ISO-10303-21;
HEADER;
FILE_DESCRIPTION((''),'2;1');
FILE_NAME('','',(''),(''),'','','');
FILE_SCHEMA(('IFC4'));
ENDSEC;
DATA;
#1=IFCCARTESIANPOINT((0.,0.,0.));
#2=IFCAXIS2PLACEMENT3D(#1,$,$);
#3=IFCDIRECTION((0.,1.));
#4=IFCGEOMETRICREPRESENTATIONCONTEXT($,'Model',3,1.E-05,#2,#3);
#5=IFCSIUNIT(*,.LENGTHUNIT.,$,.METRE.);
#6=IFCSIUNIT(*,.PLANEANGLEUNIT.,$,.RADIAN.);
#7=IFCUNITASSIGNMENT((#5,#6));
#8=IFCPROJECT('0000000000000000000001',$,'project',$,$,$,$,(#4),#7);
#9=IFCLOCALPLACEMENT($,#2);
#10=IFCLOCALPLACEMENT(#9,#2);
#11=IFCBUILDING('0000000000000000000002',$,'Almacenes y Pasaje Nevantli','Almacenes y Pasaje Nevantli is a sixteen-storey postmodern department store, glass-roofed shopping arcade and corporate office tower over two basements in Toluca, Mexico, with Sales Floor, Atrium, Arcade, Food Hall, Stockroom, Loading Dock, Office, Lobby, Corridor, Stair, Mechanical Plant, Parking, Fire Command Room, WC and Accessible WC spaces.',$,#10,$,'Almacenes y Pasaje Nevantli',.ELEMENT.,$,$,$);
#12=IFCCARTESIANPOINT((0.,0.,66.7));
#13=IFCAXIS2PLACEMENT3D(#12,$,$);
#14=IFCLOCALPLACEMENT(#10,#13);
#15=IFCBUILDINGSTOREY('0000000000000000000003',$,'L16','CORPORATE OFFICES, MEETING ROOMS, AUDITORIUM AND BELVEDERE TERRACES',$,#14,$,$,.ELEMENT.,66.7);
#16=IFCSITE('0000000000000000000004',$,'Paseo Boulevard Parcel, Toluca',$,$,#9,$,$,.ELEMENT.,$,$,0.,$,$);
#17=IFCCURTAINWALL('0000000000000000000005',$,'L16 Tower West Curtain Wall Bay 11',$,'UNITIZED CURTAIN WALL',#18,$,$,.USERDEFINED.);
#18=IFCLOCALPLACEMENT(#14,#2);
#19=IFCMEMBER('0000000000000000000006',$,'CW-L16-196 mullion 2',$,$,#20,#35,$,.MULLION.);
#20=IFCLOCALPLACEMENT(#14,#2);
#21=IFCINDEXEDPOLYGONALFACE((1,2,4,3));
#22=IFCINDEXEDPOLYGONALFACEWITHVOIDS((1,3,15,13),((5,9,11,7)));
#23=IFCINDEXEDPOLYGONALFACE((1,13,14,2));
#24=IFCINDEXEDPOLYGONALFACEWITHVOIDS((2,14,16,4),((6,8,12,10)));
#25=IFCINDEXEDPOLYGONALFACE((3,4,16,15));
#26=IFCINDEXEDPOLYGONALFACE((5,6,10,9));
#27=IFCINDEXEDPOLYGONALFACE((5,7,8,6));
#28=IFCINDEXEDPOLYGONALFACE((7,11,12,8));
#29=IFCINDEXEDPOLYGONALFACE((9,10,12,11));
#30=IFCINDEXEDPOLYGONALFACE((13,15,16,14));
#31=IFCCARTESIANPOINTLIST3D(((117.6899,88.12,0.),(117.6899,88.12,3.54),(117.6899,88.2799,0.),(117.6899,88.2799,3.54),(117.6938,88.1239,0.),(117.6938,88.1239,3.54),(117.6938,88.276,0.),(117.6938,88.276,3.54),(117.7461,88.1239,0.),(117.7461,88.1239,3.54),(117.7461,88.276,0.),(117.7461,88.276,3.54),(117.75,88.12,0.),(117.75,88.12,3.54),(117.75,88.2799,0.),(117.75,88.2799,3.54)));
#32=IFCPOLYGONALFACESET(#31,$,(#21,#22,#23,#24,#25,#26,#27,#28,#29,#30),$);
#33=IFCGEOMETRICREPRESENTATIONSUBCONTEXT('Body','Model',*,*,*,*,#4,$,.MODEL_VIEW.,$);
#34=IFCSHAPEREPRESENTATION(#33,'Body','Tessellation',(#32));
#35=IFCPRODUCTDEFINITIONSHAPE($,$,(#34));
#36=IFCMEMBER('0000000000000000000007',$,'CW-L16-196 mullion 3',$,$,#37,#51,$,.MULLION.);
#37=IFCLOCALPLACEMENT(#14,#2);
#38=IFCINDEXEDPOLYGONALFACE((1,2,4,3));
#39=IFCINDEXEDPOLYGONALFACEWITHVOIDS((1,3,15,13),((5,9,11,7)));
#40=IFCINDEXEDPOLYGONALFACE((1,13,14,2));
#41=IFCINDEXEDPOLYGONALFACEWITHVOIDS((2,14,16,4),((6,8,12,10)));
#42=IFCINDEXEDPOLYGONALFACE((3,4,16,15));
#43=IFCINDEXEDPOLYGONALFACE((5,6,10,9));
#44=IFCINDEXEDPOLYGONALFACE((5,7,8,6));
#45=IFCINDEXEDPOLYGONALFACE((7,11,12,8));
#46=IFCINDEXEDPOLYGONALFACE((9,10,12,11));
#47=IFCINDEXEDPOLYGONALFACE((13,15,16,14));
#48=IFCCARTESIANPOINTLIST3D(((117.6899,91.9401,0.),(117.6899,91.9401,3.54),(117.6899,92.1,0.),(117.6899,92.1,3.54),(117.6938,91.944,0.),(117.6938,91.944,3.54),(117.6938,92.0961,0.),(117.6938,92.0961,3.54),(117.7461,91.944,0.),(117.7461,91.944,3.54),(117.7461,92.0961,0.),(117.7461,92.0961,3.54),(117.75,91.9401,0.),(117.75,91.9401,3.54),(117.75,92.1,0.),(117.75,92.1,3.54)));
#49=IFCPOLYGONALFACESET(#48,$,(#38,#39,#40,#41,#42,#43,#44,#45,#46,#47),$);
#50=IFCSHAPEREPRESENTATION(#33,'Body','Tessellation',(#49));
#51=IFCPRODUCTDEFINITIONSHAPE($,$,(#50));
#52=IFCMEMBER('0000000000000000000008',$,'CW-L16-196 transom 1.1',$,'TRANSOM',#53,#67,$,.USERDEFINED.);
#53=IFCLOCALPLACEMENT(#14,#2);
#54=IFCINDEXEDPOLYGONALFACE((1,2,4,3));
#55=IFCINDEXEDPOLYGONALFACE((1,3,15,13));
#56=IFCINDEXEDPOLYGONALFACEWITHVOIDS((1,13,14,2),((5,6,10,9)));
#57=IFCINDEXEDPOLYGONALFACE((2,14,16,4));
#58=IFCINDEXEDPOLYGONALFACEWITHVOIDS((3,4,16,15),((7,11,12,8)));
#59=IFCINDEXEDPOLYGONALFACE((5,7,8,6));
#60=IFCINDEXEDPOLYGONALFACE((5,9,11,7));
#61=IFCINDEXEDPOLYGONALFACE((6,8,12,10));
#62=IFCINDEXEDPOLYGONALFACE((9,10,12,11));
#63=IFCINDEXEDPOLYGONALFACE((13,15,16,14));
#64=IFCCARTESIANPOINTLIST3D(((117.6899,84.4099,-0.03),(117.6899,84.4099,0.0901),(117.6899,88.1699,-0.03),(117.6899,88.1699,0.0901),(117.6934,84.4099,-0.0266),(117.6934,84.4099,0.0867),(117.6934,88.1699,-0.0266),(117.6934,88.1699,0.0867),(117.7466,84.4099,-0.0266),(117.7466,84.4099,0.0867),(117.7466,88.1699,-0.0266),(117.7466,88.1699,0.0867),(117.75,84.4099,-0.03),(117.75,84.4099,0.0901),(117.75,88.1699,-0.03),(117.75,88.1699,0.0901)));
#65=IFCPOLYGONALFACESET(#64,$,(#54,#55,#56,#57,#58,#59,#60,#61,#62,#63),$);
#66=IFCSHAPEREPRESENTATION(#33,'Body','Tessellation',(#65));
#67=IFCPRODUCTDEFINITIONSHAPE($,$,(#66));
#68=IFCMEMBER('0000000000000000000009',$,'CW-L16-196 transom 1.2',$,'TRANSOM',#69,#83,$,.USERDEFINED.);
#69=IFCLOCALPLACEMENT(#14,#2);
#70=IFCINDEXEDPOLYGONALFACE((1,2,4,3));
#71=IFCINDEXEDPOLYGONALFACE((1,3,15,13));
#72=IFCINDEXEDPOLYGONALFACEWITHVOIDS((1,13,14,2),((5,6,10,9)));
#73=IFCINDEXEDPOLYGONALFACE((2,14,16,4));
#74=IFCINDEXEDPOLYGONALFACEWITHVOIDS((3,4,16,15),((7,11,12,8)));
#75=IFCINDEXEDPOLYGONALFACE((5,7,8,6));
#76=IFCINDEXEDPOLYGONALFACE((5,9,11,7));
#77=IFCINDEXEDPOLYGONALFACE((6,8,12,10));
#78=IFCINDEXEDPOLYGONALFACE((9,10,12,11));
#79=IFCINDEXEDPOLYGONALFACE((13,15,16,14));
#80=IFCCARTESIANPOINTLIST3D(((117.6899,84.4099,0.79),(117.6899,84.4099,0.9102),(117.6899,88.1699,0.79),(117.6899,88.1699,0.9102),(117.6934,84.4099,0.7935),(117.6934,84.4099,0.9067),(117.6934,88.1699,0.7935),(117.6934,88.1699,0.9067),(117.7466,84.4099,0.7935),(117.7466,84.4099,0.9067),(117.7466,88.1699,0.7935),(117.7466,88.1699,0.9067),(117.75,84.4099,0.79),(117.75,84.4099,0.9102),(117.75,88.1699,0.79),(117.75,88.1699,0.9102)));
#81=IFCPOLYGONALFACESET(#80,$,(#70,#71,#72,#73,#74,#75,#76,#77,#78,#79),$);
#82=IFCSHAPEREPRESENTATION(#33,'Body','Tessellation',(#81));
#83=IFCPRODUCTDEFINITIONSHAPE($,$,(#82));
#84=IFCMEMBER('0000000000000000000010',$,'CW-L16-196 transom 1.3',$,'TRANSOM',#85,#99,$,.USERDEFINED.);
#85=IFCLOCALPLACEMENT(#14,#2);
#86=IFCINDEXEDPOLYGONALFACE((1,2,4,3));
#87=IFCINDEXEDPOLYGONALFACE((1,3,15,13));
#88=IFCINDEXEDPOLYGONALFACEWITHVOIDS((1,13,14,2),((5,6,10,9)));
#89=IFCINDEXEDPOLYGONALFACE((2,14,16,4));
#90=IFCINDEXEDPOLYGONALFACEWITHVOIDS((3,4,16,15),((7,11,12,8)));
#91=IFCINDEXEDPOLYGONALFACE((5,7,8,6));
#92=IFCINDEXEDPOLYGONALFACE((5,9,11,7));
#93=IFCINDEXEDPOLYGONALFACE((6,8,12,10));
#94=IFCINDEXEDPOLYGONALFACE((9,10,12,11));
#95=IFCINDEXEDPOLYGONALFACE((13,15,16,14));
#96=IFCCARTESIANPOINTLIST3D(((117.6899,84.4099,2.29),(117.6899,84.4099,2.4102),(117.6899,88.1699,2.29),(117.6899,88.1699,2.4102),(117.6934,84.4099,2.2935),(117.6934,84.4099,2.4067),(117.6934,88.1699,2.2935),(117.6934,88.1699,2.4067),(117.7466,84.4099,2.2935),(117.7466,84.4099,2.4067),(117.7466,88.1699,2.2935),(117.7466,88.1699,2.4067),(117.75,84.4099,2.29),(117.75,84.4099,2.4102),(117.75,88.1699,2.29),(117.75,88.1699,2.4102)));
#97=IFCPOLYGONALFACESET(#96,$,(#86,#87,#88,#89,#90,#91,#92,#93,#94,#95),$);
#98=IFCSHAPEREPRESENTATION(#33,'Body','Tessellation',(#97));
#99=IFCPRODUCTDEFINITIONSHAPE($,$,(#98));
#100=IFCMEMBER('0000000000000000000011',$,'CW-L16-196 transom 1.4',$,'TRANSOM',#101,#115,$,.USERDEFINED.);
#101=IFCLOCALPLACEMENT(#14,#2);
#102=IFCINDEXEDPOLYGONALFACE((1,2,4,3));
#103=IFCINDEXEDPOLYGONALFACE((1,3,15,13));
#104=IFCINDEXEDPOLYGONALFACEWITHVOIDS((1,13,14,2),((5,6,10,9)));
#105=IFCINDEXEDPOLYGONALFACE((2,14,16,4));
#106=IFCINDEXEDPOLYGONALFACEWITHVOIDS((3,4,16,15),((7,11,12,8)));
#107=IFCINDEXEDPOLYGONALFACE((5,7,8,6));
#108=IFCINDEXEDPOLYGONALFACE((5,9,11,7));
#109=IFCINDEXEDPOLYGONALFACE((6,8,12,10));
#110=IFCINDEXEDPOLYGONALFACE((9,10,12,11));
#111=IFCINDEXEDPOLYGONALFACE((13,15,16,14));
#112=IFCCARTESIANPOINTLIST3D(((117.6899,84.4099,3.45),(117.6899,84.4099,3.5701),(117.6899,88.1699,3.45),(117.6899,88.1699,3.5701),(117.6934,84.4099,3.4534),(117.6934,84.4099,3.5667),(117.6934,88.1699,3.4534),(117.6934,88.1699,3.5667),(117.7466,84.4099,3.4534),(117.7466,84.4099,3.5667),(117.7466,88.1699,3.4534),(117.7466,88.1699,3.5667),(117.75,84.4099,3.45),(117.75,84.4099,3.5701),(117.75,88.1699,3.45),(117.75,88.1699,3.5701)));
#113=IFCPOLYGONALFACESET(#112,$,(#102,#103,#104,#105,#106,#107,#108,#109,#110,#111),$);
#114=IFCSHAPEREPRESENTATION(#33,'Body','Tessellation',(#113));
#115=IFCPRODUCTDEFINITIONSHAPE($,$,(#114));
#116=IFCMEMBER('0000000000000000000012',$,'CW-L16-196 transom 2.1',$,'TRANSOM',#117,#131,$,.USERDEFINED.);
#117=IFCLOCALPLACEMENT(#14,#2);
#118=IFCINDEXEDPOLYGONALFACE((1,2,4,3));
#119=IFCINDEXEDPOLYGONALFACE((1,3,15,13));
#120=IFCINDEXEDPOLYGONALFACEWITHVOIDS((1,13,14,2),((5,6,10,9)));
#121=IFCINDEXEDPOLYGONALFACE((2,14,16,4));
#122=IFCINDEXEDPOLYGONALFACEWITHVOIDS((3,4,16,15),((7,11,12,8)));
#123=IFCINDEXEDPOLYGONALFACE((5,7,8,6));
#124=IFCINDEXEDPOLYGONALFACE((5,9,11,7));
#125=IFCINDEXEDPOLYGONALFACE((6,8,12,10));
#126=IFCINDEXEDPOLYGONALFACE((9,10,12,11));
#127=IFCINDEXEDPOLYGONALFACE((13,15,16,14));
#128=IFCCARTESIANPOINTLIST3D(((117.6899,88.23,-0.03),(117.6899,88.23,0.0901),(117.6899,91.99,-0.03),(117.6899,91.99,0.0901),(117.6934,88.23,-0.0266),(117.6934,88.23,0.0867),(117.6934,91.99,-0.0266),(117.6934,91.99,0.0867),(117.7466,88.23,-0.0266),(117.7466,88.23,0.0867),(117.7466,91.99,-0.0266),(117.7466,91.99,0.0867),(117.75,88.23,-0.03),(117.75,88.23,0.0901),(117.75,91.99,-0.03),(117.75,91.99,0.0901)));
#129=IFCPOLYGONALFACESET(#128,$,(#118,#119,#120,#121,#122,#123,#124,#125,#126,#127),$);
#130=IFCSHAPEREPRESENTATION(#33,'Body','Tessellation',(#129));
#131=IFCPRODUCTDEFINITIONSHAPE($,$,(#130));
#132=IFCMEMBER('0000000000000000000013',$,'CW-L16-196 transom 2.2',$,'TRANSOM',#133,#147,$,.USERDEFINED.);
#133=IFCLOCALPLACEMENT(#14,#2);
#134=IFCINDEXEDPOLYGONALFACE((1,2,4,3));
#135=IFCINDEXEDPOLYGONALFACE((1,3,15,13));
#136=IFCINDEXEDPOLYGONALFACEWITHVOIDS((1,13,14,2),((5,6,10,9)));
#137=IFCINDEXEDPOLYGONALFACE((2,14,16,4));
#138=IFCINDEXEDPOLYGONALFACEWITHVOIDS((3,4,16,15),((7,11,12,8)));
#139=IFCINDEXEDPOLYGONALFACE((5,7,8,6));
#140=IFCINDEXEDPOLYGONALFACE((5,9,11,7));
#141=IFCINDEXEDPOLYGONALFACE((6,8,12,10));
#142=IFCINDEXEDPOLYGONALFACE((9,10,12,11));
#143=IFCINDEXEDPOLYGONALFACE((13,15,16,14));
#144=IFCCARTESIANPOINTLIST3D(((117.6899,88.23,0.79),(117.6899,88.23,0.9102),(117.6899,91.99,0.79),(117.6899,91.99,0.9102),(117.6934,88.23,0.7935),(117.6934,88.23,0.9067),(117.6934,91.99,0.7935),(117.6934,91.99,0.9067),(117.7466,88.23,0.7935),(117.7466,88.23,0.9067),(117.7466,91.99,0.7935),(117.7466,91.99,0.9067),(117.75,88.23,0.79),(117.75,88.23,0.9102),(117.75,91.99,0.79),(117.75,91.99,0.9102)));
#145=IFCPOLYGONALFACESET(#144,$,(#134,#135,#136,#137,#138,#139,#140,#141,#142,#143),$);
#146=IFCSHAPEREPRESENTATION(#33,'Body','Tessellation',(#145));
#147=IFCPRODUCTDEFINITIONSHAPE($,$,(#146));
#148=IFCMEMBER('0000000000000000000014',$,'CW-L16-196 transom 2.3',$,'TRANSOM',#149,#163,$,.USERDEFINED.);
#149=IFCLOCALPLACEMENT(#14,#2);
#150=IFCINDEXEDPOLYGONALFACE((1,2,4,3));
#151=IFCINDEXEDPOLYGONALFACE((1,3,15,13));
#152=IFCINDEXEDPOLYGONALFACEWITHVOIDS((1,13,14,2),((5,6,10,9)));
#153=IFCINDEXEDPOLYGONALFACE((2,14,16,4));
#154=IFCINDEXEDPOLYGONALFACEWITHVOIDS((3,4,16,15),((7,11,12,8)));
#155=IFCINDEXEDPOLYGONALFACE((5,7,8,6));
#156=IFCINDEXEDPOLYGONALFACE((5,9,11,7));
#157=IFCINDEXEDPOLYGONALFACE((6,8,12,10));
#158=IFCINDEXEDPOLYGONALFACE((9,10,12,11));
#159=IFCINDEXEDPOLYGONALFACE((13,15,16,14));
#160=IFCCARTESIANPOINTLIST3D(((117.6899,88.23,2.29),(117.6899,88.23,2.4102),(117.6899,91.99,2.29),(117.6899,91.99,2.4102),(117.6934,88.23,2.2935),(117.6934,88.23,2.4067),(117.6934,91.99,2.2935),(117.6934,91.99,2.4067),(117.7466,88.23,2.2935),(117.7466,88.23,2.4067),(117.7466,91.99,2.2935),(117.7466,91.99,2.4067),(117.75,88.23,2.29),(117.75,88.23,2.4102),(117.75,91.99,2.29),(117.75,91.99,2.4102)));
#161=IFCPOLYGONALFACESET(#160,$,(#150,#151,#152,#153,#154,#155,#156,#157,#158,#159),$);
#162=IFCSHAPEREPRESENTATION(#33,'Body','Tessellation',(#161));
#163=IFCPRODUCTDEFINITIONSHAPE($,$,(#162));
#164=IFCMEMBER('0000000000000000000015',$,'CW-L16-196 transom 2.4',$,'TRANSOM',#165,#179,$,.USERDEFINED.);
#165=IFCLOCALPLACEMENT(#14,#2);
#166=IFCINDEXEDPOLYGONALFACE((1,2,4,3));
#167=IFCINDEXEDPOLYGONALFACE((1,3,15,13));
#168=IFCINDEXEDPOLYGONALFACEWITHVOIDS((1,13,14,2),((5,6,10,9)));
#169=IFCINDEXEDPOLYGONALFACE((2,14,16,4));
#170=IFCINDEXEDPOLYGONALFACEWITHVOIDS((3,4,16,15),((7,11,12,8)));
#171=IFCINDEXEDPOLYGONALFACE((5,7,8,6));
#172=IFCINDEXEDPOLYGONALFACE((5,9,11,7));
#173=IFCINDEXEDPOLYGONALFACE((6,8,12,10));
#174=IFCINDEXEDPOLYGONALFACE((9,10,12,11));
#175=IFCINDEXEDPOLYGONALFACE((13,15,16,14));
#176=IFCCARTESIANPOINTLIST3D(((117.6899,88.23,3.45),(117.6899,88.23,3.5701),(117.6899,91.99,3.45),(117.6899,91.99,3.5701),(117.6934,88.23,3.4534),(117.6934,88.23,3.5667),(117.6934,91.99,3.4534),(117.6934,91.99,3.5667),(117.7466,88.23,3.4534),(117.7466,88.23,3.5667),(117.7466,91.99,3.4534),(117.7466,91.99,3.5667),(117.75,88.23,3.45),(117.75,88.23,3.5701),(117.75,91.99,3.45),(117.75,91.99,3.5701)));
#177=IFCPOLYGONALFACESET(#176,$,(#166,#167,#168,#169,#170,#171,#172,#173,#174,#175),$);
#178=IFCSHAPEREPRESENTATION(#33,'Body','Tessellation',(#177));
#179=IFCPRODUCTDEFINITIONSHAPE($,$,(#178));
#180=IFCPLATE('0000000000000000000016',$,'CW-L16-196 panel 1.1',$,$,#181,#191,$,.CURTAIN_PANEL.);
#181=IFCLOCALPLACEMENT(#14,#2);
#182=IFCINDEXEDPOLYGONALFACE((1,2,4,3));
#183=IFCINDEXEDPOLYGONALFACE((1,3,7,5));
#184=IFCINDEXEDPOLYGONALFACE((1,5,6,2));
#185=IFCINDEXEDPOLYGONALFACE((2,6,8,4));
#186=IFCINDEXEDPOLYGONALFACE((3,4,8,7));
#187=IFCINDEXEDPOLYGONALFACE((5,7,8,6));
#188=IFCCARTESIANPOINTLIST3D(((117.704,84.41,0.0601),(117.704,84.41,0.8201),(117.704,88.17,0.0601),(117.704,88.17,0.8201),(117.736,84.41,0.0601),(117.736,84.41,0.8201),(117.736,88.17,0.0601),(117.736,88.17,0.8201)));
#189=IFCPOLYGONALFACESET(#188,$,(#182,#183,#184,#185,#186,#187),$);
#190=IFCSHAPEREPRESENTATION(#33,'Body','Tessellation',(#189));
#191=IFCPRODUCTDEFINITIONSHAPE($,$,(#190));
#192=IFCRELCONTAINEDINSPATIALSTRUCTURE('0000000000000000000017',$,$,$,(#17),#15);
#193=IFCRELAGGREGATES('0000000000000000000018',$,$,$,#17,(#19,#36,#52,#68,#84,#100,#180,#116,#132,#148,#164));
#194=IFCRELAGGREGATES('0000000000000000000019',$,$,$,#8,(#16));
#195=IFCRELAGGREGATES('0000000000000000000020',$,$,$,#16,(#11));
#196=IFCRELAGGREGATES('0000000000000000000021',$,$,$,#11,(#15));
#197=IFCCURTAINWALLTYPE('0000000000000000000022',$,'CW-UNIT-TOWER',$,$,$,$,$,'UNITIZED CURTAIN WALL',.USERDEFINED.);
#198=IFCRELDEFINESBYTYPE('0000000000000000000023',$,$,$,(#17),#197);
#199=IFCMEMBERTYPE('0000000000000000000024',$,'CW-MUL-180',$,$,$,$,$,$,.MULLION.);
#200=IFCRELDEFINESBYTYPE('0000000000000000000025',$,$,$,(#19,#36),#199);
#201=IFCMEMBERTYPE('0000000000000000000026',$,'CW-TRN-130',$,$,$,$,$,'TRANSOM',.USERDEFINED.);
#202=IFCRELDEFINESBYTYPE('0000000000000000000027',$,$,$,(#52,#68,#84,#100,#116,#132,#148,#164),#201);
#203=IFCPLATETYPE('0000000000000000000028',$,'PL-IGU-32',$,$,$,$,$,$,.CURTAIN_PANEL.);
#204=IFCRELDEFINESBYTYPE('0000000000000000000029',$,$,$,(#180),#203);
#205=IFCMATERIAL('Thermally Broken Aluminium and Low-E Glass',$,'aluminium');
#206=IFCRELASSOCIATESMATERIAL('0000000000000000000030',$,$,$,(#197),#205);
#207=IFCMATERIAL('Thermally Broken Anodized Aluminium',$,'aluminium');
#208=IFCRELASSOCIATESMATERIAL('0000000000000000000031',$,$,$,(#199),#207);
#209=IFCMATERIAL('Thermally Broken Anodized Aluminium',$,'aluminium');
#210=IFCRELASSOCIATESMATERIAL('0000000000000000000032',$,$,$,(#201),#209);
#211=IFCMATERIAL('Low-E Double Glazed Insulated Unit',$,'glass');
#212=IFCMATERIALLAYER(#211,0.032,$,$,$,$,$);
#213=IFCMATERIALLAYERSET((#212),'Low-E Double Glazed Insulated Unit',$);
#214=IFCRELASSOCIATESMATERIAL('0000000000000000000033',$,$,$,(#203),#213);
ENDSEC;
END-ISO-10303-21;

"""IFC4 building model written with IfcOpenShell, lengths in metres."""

from ifc_helpers import new_model, si_unit, direction, frame, origin, origin_2d, place, context, subcontext, project, spatial, rectangle, hollow_rectangle, extrude, material, layer, layer_set, material_profile, profile_set, type_object, element, aggregate, save


model = new_model("IFC4")

# Units and contexts
model_context = context("Model", 3, precision=1e-05, world=origin(), true_north=direction((0.0, 1.0)))
body_context = subcontext(model_context, "Body", "Model", "MODEL_VIEW")
ifc_project = project(units=[si_unit("LENGTHUNIT", "METRE"), si_unit("PLANEANGLEUNIT", "RADIAN")], contexts=[model_context])

# Site, building, storey
site_placement = place(None, origin())
site = spatial("IfcSite", under=ifc_project, at=site_placement, Name="Paseo Boulevard Parcel, Toluca", CompositionType="ELEMENT", RefElevation=0.0)
building_placement = place(site_placement, origin())
building = spatial("IfcBuilding", under=site, at=building_placement, Name="Almacenes y Pasaje Nevantli", Description="Almacenes y Pasaje Nevantli is a sixteen-storey postmodern department store, glass-roofed shopping arcade and corporate office tower over two basements in Toluca, Mexico, with Sales Floor, Atrium, Arcade, Food Hall, Stockroom, Loading Dock, Office, Lobby, Corridor, Stair, Mechanical Plant, Parking, Fire Command Room, WC and Accessible WC spaces.", LongName="Almacenes y Pasaje Nevantli", CompositionType="ELEMENT")
storey_placement = place(building_placement, frame((0.0, 0.0, 66.7)))
storey = spatial("IfcBuildingStorey", under=building, at=storey_placement, Name="L16", Description="CORPORATE OFFICES, MEETING ROOMS, AUDITORIUM AND BELVEDERE TERRACES", CompositionType="ELEMENT", Elevation=66.7)

# Curtain wall, members, plate
ifc_material_1 = material(Name="Thermally Broken Aluminium and Low-E Glass", Category="aluminium")
curtain_wall_type = type_object("IfcCurtainWallType", Name="CW-UNIT-TOWER", ElementType="UNITIZED CURTAIN WALL", PredefinedType="USERDEFINED", material=ifc_material_1)
curtain_wall_placement = place(storey_placement, origin())
curtain_wall = element("IfcCurtainWall", 1, at=curtain_wall_placement, inside=storey, type_object=curtain_wall_type, Name="L16 Tower West Curtain Wall Bay 11", ObjectType="UNITIZED CURTAIN WALL", PredefinedType="USERDEFINED")
ifc_material_2 = material(Name="Thermally Broken Anodized Aluminium", Category="aluminium")
ifc_material_profile_1 = material_profile(ifc_material_2, hollow_rectangle(XDim=0.0601, YDim=0.1599, WallThickness=0.0039, at=origin_2d()), Name="ALU-MUL-60x160")
ifc_profile_set_1 = profile_set([ifc_material_profile_1], Name="Thermally Broken Anodized Aluminium")
member_type_1 = type_object("IfcMemberType", Name="CW-MUL-180", PredefinedType="MULLION", material=ifc_profile_set_1)
member_1_placement = place(storey_placement, frame((117.72, 88.2, 0.0), z_axis=(0.0, 0.0, 1.0), x_axis=(-1.0, 0.0, 0.0)))
member_1 = element("IfcMember", 2, at=member_1_placement, type_object=member_type_1, Name="CW-L16-196 mullion 2", PredefinedType="MULLION", context=body_context, shape_type="SweptSolid", body=[
    extrude(hollow_rectangle(XDim=0.0601, YDim=0.1599, WallThickness=0.0039, at=origin_2d()), origin(), (0.0, 0.0, 1.0), 3.54),
])
member_2_placement = place(storey_placement, frame((117.72, 92.02, 0.0), z_axis=(0.0, 0.0, 1.0), x_axis=(-1.0, 0.0, 0.0)))
member_2 = element("IfcMember", 3, at=member_2_placement, type_object=member_type_1, Name="CW-L16-196 mullion 3", PredefinedType="MULLION", context=body_context, shape_type="SweptSolid", body=[
    extrude(hollow_rectangle(XDim=0.0601, YDim=0.1599, WallThickness=0.0039, at=origin_2d()), origin(), (0.0, 0.0, 1.0), 3.54),
])
ifc_material_3 = material(Name="Thermally Broken Anodized Aluminium", Category="aluminium")
ifc_material_profile_2 = material_profile(ifc_material_3, hollow_rectangle(XDim=0.0601, YDim=0.1201, WallThickness=0.0034, at=origin_2d()), Name="ALU-TRN-60x120")
ifc_profile_set_2 = profile_set([ifc_material_profile_2], Name="Thermally Broken Anodized Aluminium")
member_type_2 = type_object("IfcMemberType", Name="CW-TRN-130", ElementType="TRANSOM", PredefinedType="USERDEFINED", material=ifc_profile_set_2)
member_3_placement = place(storey_placement, frame((117.72, 84.4099, 0.03), z_axis=(0.0, 1.0, 0.0), x_axis=(-1.0, 0.0, 0.0)))
member_3 = element("IfcMember", 4, at=member_3_placement, type_object=member_type_2, Name="CW-L16-196 transom 1.1", ObjectType="TRANSOM", PredefinedType="USERDEFINED", context=body_context, shape_type="SweptSolid", body=[
    extrude(hollow_rectangle(XDim=0.0601, YDim=0.1201, WallThickness=0.0034, at=origin_2d()), origin(), (0.0, 0.0, 1.0), 3.76),
])
member_4_placement = place(storey_placement, frame((117.72, 84.4099, 0.8501), z_axis=(0.0, 1.0, 0.0), x_axis=(-1.0, 0.0, 0.0)))
member_4 = element("IfcMember", 5, at=member_4_placement, type_object=member_type_2, Name="CW-L16-196 transom 1.2", ObjectType="TRANSOM", PredefinedType="USERDEFINED", context=body_context, shape_type="SweptSolid", body=[
    extrude(hollow_rectangle(XDim=0.0601, YDim=0.1201, WallThickness=0.0034, at=origin_2d()), origin(), (0.0, 0.0, 1.0), 3.76),
])
member_5_placement = place(storey_placement, frame((117.72, 84.4099, 2.3501), z_axis=(0.0, 1.0, 0.0), x_axis=(-1.0, 0.0, 0.0)))
member_5 = element("IfcMember", 6, at=member_5_placement, type_object=member_type_2, Name="CW-L16-196 transom 1.3", ObjectType="TRANSOM", PredefinedType="USERDEFINED", context=body_context, shape_type="SweptSolid", body=[
    extrude(hollow_rectangle(XDim=0.0601, YDim=0.1201, WallThickness=0.0034, at=origin_2d()), origin(), (0.0, 0.0, 1.0), 3.76),
])
member_6_placement = place(storey_placement, frame((117.72, 84.4099, 3.51), z_axis=(0.0, 1.0, 0.0), x_axis=(-1.0, 0.0, 0.0)))
member_6 = element("IfcMember", 7, at=member_6_placement, type_object=member_type_2, Name="CW-L16-196 transom 1.4", ObjectType="TRANSOM", PredefinedType="USERDEFINED", context=body_context, shape_type="SweptSolid", body=[
    extrude(hollow_rectangle(XDim=0.0601, YDim=0.1201, WallThickness=0.0034, at=origin_2d()), origin(), (0.0, 0.0, 1.0), 3.76),
])
member_7_placement = place(storey_placement, frame((117.72, 88.23, 0.03), z_axis=(0.0, 1.0, 0.0), x_axis=(-1.0, 0.0, 0.0)))
member_7 = element("IfcMember", 8, at=member_7_placement, type_object=member_type_2, Name="CW-L16-196 transom 2.1", ObjectType="TRANSOM", PredefinedType="USERDEFINED", context=body_context, shape_type="SweptSolid", body=[
    extrude(hollow_rectangle(XDim=0.0601, YDim=0.1201, WallThickness=0.0034, at=origin_2d()), origin(), (0.0, 0.0, 1.0), 3.76),
])
member_8_placement = place(storey_placement, frame((117.72, 88.23, 0.8501), z_axis=(0.0, 1.0, 0.0), x_axis=(-1.0, 0.0, 0.0)))
member_8 = element("IfcMember", 9, at=member_8_placement, type_object=member_type_2, Name="CW-L16-196 transom 2.2", ObjectType="TRANSOM", PredefinedType="USERDEFINED", context=body_context, shape_type="SweptSolid", body=[
    extrude(hollow_rectangle(XDim=0.0601, YDim=0.1201, WallThickness=0.0034, at=origin_2d()), origin(), (0.0, 0.0, 1.0), 3.76),
])
member_9_placement = place(storey_placement, frame((117.72, 88.23, 2.3501), z_axis=(0.0, 1.0, 0.0), x_axis=(-1.0, 0.0, 0.0)))
member_9 = element("IfcMember", 10, at=member_9_placement, type_object=member_type_2, Name="CW-L16-196 transom 2.3", ObjectType="TRANSOM", PredefinedType="USERDEFINED", context=body_context, shape_type="SweptSolid", body=[
    extrude(hollow_rectangle(XDim=0.0601, YDim=0.1201, WallThickness=0.0034, at=origin_2d()), origin(), (0.0, 0.0, 1.0), 3.76),
])
member_10_placement = place(storey_placement, frame((117.72, 88.23, 3.51), z_axis=(0.0, 1.0, 0.0), x_axis=(-1.0, 0.0, 0.0)))
member_10 = element("IfcMember", 11, at=member_10_placement, type_object=member_type_2, Name="CW-L16-196 transom 2.4", ObjectType="TRANSOM", PredefinedType="USERDEFINED", context=body_context, shape_type="SweptSolid", body=[
    extrude(hollow_rectangle(XDim=0.0601, YDim=0.1201, WallThickness=0.0034, at=origin_2d()), origin(), (0.0, 0.0, 1.0), 3.76),
])
ifc_material_4 = material(Name="Low-E Double Glazed Insulated Unit", Category="glass")
ifc_layer_1 = layer(ifc_material_4, 0.032)
ifc_layer_set_1 = layer_set([ifc_layer_1], Name="Low-E Double Glazed Insulated Unit")
plate_type = type_object("IfcPlateType", Name="PL-IGU-32", PredefinedType="CURTAIN_PANEL", material=ifc_layer_set_1)
plate_1_placement = place(storey_placement, frame((117.72, 86.29, 0.0601), z_axis=(0.0, 0.0, 1.0), x_axis=(0.0, 1.0, 0.0)))
plate_1 = element("IfcPlate", 12, at=plate_1_placement, type_object=plate_type, Name="CW-L16-196 panel 1.1", PredefinedType="CURTAIN_PANEL", context=body_context, shape_type="SweptSolid", body=[
    extrude(rectangle(XDim=3.76, YDim=0.032, at=origin_2d()), origin(), (0.0, 0.0, 1.0), 0.76),
])
aggregate(curtain_wall, [member_1, member_2, member_3, member_4, member_5, member_6, plate_1, member_7, member_8, member_9, member_10])

save(model, "model.ifc")
